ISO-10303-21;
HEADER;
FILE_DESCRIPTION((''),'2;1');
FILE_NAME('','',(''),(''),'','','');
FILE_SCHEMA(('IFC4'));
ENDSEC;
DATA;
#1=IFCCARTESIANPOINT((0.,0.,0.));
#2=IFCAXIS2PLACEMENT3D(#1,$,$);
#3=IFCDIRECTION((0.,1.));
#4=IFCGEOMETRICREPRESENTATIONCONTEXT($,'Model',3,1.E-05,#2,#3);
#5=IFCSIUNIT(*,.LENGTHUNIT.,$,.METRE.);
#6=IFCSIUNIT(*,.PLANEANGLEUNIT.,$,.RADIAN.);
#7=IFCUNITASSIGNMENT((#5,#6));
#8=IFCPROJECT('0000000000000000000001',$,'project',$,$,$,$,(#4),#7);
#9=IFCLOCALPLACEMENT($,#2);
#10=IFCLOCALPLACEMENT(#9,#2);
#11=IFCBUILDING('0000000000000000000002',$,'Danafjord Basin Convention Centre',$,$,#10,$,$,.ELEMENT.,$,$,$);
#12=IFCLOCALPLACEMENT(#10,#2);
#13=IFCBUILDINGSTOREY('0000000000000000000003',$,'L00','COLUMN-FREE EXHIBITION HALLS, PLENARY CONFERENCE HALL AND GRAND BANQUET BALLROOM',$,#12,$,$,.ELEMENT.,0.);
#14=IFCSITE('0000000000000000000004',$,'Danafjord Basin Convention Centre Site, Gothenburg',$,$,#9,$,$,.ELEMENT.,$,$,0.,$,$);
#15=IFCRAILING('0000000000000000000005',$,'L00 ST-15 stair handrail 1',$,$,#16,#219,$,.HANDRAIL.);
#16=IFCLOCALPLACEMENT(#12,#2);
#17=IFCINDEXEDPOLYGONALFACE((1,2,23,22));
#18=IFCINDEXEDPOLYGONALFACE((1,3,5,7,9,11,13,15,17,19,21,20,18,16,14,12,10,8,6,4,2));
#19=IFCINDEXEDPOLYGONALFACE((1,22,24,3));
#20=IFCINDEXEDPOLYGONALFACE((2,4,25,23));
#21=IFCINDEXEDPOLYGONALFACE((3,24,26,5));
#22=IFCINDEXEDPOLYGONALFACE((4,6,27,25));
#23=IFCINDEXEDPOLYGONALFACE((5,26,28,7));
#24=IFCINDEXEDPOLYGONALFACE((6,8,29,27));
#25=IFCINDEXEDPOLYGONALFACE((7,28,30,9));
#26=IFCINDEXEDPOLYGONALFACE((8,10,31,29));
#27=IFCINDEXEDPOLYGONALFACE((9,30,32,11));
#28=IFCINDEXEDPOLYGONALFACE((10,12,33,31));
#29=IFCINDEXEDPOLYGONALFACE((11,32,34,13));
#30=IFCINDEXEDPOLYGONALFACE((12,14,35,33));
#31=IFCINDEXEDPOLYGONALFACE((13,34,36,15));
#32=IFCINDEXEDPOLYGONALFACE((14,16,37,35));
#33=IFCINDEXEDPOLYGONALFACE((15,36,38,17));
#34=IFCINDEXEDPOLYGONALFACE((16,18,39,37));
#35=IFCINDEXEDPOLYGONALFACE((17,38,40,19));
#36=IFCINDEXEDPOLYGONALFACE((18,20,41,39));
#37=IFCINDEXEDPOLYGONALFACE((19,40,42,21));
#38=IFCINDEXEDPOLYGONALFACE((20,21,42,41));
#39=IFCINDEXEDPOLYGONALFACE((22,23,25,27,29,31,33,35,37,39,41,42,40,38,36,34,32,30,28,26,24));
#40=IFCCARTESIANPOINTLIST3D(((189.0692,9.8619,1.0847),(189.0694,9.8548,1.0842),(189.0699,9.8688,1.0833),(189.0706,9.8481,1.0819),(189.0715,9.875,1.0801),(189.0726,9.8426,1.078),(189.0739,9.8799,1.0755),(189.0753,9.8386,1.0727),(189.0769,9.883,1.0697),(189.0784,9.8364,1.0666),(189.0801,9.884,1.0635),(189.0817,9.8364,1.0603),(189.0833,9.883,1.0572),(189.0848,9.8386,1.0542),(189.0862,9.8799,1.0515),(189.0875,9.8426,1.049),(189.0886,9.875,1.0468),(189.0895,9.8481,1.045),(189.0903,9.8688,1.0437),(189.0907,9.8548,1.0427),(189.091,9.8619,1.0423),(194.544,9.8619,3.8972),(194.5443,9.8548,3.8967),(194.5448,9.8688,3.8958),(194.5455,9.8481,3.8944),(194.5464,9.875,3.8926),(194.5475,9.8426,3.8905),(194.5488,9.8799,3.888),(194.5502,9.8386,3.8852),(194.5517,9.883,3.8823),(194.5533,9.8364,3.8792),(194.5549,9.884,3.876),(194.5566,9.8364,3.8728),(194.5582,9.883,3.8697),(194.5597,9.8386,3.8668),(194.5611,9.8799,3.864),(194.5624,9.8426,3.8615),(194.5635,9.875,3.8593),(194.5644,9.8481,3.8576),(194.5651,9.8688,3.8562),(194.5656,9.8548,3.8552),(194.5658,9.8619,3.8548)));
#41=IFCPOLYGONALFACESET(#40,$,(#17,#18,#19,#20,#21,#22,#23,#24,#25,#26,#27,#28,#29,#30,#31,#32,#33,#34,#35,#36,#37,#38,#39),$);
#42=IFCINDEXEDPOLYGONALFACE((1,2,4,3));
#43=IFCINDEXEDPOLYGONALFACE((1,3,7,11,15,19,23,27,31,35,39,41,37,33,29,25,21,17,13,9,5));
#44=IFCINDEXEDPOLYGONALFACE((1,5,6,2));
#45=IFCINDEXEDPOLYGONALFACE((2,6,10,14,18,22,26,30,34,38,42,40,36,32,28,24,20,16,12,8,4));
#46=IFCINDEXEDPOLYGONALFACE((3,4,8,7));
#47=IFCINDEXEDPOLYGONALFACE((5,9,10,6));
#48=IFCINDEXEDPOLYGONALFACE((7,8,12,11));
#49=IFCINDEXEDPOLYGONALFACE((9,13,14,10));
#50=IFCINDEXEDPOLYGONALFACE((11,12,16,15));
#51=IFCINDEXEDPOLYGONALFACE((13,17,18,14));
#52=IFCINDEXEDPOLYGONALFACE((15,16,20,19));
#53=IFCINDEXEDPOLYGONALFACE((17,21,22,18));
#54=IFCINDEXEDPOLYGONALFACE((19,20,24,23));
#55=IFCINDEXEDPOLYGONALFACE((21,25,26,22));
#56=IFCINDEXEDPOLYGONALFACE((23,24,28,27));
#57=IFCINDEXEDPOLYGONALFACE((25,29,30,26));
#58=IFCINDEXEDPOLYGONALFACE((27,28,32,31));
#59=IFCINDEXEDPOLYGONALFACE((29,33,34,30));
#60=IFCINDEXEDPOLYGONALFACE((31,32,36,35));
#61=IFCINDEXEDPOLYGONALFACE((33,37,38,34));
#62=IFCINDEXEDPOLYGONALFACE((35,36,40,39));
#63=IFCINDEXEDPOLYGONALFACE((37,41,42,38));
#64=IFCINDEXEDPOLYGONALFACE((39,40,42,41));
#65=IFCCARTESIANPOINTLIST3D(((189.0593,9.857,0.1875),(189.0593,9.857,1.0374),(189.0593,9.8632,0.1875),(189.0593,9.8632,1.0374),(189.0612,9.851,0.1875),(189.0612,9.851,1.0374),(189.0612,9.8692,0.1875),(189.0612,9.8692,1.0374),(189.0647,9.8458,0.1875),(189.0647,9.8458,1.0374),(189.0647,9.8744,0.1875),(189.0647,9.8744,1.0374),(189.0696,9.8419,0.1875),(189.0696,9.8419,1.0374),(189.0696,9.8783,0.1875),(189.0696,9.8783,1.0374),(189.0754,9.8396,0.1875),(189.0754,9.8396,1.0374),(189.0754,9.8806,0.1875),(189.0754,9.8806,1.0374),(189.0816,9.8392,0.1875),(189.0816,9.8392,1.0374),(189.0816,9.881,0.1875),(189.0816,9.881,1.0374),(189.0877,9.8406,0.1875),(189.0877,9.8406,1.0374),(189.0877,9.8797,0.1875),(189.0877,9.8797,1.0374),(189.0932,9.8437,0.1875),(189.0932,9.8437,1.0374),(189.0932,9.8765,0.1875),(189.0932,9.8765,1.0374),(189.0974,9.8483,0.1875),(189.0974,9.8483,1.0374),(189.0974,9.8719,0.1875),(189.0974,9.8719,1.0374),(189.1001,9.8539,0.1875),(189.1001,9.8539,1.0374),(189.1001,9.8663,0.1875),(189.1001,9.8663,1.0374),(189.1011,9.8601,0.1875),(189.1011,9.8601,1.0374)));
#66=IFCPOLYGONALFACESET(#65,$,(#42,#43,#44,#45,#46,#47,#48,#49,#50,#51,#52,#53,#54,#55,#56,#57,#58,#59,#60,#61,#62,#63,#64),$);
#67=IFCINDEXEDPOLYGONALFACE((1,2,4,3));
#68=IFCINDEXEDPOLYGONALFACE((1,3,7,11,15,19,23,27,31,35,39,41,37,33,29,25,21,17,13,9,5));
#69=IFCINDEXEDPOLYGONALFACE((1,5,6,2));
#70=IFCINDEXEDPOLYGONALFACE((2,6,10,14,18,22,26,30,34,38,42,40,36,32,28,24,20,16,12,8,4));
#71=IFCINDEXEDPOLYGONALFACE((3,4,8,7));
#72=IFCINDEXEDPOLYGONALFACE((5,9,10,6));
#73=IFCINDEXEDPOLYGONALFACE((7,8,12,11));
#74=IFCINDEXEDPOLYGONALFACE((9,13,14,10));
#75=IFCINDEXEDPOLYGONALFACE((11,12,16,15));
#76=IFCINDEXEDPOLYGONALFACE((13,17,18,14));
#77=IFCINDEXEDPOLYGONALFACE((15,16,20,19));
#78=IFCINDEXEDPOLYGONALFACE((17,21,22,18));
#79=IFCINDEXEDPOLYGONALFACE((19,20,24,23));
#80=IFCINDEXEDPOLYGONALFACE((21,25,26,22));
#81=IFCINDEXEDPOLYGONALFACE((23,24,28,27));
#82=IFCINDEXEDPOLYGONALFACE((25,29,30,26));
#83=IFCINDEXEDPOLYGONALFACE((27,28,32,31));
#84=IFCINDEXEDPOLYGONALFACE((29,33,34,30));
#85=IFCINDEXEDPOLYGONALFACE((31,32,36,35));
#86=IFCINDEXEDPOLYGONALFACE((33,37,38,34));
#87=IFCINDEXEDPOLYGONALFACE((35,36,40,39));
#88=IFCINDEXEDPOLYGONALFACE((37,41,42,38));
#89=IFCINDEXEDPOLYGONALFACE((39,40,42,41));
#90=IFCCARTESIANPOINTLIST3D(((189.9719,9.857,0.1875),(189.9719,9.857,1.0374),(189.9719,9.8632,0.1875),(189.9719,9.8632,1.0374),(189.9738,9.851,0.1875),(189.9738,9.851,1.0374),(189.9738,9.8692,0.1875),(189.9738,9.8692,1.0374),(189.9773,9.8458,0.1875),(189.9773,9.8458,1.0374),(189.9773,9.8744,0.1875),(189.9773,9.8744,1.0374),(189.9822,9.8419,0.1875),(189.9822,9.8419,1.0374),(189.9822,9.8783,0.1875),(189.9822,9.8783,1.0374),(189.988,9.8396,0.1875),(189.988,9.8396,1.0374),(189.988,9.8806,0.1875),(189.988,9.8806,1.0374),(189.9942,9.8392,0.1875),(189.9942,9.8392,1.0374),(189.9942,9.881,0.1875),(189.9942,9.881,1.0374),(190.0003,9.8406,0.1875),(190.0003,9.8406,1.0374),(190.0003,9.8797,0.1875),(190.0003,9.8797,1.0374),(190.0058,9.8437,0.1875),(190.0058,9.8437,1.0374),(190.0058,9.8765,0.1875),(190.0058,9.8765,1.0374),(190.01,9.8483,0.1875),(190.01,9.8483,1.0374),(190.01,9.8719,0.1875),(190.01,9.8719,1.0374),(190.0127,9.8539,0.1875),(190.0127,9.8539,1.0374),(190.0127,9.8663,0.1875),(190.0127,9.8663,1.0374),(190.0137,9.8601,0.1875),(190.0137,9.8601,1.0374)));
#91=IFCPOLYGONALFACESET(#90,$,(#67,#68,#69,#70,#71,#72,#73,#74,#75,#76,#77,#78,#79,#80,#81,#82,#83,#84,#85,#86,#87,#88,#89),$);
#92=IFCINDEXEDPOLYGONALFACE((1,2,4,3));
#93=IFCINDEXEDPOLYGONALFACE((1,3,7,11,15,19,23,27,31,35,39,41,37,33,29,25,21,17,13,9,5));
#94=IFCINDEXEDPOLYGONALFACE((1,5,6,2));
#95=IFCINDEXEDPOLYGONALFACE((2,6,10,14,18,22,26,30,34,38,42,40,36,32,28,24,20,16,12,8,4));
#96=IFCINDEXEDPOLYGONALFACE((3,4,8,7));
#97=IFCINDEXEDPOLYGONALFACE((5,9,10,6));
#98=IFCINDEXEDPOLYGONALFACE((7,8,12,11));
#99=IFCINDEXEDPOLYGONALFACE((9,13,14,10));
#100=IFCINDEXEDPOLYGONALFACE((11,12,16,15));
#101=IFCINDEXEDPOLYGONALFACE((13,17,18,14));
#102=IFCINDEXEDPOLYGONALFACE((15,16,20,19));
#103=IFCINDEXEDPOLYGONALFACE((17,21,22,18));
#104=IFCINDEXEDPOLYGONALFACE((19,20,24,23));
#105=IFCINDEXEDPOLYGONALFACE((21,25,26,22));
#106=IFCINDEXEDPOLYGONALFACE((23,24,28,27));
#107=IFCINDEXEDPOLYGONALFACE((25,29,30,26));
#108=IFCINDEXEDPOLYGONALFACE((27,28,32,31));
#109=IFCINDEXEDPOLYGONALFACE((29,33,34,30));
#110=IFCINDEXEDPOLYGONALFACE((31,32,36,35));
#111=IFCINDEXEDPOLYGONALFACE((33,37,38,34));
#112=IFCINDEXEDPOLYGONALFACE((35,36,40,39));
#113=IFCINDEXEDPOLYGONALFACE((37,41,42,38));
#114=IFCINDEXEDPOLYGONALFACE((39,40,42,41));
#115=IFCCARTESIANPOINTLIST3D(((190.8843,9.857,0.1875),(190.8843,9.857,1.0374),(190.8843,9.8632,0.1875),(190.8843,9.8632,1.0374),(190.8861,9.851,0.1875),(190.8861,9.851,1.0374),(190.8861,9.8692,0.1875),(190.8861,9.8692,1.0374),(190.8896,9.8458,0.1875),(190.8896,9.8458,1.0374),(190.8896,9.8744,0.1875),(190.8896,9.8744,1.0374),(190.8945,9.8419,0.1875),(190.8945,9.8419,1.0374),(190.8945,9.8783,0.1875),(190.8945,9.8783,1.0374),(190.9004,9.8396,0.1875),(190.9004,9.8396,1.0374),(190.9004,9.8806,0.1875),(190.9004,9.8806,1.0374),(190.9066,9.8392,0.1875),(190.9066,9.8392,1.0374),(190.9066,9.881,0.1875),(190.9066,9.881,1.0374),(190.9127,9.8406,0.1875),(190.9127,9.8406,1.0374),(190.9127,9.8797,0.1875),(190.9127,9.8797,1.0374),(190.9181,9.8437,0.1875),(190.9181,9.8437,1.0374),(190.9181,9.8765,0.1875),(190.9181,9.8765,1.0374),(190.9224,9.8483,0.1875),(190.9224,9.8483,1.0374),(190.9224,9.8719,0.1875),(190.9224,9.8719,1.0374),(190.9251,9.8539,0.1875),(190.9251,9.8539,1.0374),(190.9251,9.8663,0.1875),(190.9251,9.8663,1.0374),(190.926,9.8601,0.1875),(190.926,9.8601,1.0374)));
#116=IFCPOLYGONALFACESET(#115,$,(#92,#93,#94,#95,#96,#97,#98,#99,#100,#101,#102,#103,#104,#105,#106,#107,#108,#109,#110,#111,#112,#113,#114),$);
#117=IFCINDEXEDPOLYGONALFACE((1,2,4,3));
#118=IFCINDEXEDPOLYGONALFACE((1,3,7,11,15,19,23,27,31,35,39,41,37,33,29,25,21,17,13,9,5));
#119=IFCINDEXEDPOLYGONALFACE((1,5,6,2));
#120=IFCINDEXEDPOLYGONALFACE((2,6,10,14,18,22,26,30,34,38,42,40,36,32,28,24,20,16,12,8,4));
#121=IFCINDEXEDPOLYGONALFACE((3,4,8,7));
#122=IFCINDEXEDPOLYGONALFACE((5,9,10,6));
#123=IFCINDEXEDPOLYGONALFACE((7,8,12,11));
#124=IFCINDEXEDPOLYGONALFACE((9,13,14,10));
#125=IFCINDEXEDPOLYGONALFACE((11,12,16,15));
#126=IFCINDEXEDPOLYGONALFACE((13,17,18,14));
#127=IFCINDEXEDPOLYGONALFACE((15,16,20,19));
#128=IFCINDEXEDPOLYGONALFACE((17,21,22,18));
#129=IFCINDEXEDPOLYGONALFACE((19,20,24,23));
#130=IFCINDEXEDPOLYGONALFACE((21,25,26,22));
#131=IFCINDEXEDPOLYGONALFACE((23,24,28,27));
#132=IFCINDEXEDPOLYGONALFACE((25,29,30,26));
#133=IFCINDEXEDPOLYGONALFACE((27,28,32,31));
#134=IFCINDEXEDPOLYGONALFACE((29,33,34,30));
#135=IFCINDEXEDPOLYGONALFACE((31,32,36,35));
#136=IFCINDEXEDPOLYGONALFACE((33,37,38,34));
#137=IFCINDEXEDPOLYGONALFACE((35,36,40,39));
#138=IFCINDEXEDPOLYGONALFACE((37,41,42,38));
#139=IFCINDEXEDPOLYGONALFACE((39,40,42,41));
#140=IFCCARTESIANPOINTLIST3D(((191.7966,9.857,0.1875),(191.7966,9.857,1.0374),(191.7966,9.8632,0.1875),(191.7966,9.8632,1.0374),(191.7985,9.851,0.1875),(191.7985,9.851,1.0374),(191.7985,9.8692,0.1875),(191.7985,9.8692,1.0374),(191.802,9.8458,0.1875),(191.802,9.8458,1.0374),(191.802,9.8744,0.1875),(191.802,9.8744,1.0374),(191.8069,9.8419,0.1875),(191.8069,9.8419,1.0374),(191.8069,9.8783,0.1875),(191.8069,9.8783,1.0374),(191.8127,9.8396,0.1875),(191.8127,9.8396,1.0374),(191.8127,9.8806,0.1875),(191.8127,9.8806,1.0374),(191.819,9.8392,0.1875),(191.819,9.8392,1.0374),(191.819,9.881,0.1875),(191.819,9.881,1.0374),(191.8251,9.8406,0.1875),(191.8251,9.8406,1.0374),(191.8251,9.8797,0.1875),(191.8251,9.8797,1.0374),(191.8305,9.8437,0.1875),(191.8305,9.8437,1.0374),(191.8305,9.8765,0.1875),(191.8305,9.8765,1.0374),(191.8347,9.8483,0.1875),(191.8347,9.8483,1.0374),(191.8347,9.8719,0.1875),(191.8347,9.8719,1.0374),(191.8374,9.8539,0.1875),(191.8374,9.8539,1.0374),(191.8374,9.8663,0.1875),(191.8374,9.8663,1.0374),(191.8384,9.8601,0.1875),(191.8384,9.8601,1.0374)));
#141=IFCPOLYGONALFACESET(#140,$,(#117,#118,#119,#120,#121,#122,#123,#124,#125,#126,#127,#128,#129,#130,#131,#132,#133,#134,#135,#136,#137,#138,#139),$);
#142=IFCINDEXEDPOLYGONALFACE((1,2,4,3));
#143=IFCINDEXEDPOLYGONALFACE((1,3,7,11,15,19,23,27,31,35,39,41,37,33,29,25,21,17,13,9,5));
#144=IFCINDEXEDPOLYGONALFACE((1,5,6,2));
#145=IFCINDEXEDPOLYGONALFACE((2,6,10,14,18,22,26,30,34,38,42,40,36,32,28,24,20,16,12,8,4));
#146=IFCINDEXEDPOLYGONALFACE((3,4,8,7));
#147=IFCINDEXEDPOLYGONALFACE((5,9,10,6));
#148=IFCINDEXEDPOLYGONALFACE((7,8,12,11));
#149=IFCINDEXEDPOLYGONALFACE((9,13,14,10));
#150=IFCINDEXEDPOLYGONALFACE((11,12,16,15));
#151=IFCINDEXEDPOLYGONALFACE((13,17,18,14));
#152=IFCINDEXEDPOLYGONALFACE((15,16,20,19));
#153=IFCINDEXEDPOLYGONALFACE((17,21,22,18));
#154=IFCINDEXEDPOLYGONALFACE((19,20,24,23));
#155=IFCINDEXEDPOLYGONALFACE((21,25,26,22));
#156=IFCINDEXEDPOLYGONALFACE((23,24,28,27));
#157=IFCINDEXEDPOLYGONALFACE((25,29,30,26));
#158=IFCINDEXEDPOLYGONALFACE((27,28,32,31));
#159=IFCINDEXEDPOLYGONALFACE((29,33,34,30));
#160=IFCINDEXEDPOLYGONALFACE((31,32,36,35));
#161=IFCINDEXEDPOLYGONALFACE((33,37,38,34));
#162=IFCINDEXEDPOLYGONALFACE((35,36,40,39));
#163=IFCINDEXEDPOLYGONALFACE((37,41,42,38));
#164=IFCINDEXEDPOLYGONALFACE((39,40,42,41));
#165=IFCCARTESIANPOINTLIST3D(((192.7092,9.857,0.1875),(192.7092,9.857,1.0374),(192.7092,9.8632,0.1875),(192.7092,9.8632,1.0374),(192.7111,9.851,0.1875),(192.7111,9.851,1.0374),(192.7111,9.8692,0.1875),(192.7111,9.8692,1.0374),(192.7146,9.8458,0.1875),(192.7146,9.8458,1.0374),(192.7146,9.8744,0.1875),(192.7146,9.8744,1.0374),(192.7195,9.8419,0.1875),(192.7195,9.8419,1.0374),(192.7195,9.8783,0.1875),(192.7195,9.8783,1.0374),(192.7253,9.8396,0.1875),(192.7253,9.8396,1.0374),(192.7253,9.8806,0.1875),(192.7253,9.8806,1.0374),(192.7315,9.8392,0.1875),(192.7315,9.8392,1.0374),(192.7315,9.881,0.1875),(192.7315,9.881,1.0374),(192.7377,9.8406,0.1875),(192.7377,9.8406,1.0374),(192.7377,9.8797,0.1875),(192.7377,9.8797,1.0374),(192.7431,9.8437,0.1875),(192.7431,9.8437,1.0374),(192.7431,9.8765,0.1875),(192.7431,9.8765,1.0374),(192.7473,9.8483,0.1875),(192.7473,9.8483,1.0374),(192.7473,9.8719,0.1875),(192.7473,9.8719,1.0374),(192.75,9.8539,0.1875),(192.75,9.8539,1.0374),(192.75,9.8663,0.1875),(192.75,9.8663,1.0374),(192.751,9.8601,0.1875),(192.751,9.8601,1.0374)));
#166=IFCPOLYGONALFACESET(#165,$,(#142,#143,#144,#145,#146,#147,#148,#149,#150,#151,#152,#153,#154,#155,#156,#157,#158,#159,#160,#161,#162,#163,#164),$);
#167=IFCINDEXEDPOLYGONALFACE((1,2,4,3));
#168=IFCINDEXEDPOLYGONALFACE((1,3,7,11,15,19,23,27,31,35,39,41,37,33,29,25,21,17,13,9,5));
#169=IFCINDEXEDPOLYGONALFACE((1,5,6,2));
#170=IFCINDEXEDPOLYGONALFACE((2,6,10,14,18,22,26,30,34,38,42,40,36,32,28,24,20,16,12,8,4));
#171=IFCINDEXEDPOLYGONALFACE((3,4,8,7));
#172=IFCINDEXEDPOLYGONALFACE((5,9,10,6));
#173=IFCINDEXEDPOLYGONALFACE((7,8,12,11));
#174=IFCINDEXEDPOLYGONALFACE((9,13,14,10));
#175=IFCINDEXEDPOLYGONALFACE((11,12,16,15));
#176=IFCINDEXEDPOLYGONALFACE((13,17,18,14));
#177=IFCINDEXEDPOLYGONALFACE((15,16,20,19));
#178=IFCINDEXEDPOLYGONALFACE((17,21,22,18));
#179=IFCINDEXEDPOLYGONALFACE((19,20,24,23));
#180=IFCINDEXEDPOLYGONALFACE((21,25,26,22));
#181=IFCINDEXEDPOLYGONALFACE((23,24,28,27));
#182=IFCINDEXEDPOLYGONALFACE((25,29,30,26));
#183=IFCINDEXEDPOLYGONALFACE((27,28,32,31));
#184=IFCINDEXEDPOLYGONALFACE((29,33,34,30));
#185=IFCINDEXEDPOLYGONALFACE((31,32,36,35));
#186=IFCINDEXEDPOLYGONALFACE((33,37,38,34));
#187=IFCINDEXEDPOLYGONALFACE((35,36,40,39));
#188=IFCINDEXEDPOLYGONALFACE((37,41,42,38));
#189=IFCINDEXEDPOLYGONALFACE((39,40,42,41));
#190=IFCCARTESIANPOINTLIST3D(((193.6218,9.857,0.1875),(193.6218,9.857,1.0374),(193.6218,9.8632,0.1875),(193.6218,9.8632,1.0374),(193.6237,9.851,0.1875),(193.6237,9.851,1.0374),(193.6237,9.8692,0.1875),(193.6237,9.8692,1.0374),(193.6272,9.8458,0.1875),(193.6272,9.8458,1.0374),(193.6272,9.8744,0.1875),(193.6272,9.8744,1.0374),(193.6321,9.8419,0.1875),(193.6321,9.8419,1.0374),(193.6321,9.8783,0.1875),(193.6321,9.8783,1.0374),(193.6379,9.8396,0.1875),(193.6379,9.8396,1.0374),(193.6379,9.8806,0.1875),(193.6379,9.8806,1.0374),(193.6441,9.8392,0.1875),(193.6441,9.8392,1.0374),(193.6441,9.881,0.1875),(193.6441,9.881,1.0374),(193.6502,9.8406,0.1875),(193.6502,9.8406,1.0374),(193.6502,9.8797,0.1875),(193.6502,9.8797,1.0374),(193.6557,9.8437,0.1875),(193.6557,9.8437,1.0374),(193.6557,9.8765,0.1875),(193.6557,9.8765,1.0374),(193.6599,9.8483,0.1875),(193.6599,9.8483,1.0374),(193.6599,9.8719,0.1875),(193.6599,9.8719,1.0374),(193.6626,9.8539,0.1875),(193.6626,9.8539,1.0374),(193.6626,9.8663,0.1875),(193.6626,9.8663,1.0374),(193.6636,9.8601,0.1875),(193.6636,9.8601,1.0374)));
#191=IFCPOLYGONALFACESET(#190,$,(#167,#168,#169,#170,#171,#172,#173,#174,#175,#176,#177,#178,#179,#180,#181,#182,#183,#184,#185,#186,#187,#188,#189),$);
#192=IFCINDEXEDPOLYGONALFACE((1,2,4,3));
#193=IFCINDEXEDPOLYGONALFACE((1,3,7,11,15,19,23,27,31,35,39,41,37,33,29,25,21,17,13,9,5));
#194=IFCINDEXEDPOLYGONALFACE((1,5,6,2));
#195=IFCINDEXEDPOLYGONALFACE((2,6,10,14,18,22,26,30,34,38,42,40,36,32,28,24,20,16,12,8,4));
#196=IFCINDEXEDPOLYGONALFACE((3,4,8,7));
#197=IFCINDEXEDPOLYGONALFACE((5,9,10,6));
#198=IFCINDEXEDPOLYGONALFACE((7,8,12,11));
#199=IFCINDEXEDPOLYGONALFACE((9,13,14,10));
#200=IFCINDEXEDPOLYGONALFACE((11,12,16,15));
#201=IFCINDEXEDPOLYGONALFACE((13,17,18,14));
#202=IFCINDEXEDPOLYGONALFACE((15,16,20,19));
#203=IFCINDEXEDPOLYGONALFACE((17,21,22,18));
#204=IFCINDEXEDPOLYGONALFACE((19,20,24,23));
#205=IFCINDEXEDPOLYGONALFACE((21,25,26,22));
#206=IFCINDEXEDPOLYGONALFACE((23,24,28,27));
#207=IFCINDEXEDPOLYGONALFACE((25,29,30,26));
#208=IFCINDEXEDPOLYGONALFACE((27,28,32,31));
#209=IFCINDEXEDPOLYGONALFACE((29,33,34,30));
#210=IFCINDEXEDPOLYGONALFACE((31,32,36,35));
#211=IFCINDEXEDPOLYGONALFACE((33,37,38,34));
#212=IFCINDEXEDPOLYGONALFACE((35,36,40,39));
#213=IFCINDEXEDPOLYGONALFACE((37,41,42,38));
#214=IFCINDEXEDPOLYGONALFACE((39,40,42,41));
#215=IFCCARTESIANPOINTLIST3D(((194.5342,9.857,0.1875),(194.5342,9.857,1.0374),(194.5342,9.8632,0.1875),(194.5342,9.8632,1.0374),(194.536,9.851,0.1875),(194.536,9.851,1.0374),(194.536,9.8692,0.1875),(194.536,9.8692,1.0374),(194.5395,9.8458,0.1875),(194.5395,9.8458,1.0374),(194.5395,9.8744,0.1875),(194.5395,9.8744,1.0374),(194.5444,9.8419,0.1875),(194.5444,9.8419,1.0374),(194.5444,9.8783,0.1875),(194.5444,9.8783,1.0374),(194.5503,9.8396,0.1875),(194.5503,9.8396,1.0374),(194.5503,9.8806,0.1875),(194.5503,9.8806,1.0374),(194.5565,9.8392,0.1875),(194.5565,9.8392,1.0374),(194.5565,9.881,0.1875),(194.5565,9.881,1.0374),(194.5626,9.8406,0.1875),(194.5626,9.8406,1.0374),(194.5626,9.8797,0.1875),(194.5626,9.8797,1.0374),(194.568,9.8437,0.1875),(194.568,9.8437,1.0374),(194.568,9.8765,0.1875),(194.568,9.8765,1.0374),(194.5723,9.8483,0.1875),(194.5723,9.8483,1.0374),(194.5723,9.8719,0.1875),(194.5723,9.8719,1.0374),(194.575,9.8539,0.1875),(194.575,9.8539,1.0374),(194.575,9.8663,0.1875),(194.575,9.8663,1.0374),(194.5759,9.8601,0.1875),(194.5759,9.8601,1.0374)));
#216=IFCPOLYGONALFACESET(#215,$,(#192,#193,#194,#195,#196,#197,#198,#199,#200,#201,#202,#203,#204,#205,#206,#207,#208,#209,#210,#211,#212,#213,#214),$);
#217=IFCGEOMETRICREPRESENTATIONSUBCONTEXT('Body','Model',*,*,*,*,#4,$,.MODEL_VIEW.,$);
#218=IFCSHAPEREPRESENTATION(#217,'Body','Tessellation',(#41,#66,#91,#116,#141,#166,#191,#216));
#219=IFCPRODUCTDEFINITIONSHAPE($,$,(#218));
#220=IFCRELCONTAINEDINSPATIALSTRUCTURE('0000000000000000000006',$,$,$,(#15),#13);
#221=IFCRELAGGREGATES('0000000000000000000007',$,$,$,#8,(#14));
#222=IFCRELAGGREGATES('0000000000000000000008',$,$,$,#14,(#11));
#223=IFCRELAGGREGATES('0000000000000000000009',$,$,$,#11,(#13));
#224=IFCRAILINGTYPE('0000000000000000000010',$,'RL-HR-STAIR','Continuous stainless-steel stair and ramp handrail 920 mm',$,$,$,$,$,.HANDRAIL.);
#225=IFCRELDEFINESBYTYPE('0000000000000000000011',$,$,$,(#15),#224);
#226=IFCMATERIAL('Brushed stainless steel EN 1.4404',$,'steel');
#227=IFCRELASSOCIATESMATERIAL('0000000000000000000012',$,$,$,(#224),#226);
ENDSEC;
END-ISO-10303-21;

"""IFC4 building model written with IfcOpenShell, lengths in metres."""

from ifc_helpers import new_model, si_unit, direction, frame, origin, origin_2d, place, context, subcontext, project, spatial, circle, extrude, material, type_object, element, save


model = new_model("IFC4")

# Units and contexts
model_context = context("Model", 3, precision=1e-05, world=origin(), true_north=direction((0.0, 1.0)))
body_context = subcontext(model_context, "Body", "Model", "MODEL_VIEW")
ifc_project = project(units=[si_unit("LENGTHUNIT", "METRE"), si_unit("PLANEANGLEUNIT", "RADIAN")], contexts=[model_context])

# Site, building, storey
site_placement = place(None, origin())
site = spatial("IfcSite", under=ifc_project, at=site_placement, Name="Danafjord Basin Convention Centre Site, Gothenburg", CompositionType="ELEMENT", RefElevation=0.0)
building_placement = place(site_placement, origin())
building = spatial("IfcBuilding", under=site, at=building_placement, Name="Danafjord Basin Convention Centre", CompositionType="ELEMENT")
storey_placement = place(building_placement, origin())
storey = spatial("IfcBuildingStorey", under=building, at=storey_placement, Name="L00", Description="COLUMN-FREE EXHIBITION HALLS, PLENARY CONFERENCE HALL AND GRAND BANQUET BALLROOM", CompositionType="ELEMENT", Elevation=0.0)

# Railing
ifc_material_1 = material(Name="Brushed stainless steel EN 1.4404", Category="steel")
railing_type = type_object("IfcRailingType", Name="RL-HR-STAIR", Description="Continuous stainless-steel stair and ramp handrail 920 mm", PredefinedType="HANDRAIL", material=ifc_material_1)
railing_placement = place(storey_placement, frame((189.0801, 9.8601, 0.1875)))
element("IfcRailing", 1, at=railing_placement, inside=storey, type_object=railing_type, Name="L00 ST-15 stair handrail 1", PredefinedType="HANDRAIL", context=body_context, shape_type="SweptSolid", body=[
    extrude(circle(Radius=0.0239, at=origin_2d()), frame((0.0, 0.0, 0.876), z_axis=(0.889495, 0.0, 0.456945), x_axis=(0.0, 1.0, 0.0)), (0.0, 0.0, 1.0), 6.155),
    extrude(circle(Radius=0.021, at=origin_2d()), origin(), (0.0, 0.0, 1.0), 0.8499),
    extrude(circle(Radius=0.021, at=origin_2d()), frame((0.9126, 0.0, 0.0)), (0.0, 0.0, 1.0), 0.8499),
    extrude(circle(Radius=0.021, at=origin_2d()), frame((1.825, 0.0, 0.0)), (0.0, 0.0, 1.0), 0.8499),
    extrude(circle(Radius=0.021, at=origin_2d()), frame((2.7373, 0.0, 0.0)), (0.0, 0.0, 1.0), 0.8499),
    extrude(circle(Radius=0.021, at=origin_2d()), frame((3.6499, 0.0, 0.0)), (0.0, 0.0, 1.0), 0.8499),
    extrude(circle(Radius=0.021, at=origin_2d()), frame((4.5625, 0.0, 0.0)), (0.0, 0.0, 1.0), 0.8499),
    extrude(circle(Radius=0.021, at=origin_2d()), frame((5.4749, 0.0, 0.0)), (0.0, 0.0, 1.0), 0.8499),
])

save(model, "model.ifc")
